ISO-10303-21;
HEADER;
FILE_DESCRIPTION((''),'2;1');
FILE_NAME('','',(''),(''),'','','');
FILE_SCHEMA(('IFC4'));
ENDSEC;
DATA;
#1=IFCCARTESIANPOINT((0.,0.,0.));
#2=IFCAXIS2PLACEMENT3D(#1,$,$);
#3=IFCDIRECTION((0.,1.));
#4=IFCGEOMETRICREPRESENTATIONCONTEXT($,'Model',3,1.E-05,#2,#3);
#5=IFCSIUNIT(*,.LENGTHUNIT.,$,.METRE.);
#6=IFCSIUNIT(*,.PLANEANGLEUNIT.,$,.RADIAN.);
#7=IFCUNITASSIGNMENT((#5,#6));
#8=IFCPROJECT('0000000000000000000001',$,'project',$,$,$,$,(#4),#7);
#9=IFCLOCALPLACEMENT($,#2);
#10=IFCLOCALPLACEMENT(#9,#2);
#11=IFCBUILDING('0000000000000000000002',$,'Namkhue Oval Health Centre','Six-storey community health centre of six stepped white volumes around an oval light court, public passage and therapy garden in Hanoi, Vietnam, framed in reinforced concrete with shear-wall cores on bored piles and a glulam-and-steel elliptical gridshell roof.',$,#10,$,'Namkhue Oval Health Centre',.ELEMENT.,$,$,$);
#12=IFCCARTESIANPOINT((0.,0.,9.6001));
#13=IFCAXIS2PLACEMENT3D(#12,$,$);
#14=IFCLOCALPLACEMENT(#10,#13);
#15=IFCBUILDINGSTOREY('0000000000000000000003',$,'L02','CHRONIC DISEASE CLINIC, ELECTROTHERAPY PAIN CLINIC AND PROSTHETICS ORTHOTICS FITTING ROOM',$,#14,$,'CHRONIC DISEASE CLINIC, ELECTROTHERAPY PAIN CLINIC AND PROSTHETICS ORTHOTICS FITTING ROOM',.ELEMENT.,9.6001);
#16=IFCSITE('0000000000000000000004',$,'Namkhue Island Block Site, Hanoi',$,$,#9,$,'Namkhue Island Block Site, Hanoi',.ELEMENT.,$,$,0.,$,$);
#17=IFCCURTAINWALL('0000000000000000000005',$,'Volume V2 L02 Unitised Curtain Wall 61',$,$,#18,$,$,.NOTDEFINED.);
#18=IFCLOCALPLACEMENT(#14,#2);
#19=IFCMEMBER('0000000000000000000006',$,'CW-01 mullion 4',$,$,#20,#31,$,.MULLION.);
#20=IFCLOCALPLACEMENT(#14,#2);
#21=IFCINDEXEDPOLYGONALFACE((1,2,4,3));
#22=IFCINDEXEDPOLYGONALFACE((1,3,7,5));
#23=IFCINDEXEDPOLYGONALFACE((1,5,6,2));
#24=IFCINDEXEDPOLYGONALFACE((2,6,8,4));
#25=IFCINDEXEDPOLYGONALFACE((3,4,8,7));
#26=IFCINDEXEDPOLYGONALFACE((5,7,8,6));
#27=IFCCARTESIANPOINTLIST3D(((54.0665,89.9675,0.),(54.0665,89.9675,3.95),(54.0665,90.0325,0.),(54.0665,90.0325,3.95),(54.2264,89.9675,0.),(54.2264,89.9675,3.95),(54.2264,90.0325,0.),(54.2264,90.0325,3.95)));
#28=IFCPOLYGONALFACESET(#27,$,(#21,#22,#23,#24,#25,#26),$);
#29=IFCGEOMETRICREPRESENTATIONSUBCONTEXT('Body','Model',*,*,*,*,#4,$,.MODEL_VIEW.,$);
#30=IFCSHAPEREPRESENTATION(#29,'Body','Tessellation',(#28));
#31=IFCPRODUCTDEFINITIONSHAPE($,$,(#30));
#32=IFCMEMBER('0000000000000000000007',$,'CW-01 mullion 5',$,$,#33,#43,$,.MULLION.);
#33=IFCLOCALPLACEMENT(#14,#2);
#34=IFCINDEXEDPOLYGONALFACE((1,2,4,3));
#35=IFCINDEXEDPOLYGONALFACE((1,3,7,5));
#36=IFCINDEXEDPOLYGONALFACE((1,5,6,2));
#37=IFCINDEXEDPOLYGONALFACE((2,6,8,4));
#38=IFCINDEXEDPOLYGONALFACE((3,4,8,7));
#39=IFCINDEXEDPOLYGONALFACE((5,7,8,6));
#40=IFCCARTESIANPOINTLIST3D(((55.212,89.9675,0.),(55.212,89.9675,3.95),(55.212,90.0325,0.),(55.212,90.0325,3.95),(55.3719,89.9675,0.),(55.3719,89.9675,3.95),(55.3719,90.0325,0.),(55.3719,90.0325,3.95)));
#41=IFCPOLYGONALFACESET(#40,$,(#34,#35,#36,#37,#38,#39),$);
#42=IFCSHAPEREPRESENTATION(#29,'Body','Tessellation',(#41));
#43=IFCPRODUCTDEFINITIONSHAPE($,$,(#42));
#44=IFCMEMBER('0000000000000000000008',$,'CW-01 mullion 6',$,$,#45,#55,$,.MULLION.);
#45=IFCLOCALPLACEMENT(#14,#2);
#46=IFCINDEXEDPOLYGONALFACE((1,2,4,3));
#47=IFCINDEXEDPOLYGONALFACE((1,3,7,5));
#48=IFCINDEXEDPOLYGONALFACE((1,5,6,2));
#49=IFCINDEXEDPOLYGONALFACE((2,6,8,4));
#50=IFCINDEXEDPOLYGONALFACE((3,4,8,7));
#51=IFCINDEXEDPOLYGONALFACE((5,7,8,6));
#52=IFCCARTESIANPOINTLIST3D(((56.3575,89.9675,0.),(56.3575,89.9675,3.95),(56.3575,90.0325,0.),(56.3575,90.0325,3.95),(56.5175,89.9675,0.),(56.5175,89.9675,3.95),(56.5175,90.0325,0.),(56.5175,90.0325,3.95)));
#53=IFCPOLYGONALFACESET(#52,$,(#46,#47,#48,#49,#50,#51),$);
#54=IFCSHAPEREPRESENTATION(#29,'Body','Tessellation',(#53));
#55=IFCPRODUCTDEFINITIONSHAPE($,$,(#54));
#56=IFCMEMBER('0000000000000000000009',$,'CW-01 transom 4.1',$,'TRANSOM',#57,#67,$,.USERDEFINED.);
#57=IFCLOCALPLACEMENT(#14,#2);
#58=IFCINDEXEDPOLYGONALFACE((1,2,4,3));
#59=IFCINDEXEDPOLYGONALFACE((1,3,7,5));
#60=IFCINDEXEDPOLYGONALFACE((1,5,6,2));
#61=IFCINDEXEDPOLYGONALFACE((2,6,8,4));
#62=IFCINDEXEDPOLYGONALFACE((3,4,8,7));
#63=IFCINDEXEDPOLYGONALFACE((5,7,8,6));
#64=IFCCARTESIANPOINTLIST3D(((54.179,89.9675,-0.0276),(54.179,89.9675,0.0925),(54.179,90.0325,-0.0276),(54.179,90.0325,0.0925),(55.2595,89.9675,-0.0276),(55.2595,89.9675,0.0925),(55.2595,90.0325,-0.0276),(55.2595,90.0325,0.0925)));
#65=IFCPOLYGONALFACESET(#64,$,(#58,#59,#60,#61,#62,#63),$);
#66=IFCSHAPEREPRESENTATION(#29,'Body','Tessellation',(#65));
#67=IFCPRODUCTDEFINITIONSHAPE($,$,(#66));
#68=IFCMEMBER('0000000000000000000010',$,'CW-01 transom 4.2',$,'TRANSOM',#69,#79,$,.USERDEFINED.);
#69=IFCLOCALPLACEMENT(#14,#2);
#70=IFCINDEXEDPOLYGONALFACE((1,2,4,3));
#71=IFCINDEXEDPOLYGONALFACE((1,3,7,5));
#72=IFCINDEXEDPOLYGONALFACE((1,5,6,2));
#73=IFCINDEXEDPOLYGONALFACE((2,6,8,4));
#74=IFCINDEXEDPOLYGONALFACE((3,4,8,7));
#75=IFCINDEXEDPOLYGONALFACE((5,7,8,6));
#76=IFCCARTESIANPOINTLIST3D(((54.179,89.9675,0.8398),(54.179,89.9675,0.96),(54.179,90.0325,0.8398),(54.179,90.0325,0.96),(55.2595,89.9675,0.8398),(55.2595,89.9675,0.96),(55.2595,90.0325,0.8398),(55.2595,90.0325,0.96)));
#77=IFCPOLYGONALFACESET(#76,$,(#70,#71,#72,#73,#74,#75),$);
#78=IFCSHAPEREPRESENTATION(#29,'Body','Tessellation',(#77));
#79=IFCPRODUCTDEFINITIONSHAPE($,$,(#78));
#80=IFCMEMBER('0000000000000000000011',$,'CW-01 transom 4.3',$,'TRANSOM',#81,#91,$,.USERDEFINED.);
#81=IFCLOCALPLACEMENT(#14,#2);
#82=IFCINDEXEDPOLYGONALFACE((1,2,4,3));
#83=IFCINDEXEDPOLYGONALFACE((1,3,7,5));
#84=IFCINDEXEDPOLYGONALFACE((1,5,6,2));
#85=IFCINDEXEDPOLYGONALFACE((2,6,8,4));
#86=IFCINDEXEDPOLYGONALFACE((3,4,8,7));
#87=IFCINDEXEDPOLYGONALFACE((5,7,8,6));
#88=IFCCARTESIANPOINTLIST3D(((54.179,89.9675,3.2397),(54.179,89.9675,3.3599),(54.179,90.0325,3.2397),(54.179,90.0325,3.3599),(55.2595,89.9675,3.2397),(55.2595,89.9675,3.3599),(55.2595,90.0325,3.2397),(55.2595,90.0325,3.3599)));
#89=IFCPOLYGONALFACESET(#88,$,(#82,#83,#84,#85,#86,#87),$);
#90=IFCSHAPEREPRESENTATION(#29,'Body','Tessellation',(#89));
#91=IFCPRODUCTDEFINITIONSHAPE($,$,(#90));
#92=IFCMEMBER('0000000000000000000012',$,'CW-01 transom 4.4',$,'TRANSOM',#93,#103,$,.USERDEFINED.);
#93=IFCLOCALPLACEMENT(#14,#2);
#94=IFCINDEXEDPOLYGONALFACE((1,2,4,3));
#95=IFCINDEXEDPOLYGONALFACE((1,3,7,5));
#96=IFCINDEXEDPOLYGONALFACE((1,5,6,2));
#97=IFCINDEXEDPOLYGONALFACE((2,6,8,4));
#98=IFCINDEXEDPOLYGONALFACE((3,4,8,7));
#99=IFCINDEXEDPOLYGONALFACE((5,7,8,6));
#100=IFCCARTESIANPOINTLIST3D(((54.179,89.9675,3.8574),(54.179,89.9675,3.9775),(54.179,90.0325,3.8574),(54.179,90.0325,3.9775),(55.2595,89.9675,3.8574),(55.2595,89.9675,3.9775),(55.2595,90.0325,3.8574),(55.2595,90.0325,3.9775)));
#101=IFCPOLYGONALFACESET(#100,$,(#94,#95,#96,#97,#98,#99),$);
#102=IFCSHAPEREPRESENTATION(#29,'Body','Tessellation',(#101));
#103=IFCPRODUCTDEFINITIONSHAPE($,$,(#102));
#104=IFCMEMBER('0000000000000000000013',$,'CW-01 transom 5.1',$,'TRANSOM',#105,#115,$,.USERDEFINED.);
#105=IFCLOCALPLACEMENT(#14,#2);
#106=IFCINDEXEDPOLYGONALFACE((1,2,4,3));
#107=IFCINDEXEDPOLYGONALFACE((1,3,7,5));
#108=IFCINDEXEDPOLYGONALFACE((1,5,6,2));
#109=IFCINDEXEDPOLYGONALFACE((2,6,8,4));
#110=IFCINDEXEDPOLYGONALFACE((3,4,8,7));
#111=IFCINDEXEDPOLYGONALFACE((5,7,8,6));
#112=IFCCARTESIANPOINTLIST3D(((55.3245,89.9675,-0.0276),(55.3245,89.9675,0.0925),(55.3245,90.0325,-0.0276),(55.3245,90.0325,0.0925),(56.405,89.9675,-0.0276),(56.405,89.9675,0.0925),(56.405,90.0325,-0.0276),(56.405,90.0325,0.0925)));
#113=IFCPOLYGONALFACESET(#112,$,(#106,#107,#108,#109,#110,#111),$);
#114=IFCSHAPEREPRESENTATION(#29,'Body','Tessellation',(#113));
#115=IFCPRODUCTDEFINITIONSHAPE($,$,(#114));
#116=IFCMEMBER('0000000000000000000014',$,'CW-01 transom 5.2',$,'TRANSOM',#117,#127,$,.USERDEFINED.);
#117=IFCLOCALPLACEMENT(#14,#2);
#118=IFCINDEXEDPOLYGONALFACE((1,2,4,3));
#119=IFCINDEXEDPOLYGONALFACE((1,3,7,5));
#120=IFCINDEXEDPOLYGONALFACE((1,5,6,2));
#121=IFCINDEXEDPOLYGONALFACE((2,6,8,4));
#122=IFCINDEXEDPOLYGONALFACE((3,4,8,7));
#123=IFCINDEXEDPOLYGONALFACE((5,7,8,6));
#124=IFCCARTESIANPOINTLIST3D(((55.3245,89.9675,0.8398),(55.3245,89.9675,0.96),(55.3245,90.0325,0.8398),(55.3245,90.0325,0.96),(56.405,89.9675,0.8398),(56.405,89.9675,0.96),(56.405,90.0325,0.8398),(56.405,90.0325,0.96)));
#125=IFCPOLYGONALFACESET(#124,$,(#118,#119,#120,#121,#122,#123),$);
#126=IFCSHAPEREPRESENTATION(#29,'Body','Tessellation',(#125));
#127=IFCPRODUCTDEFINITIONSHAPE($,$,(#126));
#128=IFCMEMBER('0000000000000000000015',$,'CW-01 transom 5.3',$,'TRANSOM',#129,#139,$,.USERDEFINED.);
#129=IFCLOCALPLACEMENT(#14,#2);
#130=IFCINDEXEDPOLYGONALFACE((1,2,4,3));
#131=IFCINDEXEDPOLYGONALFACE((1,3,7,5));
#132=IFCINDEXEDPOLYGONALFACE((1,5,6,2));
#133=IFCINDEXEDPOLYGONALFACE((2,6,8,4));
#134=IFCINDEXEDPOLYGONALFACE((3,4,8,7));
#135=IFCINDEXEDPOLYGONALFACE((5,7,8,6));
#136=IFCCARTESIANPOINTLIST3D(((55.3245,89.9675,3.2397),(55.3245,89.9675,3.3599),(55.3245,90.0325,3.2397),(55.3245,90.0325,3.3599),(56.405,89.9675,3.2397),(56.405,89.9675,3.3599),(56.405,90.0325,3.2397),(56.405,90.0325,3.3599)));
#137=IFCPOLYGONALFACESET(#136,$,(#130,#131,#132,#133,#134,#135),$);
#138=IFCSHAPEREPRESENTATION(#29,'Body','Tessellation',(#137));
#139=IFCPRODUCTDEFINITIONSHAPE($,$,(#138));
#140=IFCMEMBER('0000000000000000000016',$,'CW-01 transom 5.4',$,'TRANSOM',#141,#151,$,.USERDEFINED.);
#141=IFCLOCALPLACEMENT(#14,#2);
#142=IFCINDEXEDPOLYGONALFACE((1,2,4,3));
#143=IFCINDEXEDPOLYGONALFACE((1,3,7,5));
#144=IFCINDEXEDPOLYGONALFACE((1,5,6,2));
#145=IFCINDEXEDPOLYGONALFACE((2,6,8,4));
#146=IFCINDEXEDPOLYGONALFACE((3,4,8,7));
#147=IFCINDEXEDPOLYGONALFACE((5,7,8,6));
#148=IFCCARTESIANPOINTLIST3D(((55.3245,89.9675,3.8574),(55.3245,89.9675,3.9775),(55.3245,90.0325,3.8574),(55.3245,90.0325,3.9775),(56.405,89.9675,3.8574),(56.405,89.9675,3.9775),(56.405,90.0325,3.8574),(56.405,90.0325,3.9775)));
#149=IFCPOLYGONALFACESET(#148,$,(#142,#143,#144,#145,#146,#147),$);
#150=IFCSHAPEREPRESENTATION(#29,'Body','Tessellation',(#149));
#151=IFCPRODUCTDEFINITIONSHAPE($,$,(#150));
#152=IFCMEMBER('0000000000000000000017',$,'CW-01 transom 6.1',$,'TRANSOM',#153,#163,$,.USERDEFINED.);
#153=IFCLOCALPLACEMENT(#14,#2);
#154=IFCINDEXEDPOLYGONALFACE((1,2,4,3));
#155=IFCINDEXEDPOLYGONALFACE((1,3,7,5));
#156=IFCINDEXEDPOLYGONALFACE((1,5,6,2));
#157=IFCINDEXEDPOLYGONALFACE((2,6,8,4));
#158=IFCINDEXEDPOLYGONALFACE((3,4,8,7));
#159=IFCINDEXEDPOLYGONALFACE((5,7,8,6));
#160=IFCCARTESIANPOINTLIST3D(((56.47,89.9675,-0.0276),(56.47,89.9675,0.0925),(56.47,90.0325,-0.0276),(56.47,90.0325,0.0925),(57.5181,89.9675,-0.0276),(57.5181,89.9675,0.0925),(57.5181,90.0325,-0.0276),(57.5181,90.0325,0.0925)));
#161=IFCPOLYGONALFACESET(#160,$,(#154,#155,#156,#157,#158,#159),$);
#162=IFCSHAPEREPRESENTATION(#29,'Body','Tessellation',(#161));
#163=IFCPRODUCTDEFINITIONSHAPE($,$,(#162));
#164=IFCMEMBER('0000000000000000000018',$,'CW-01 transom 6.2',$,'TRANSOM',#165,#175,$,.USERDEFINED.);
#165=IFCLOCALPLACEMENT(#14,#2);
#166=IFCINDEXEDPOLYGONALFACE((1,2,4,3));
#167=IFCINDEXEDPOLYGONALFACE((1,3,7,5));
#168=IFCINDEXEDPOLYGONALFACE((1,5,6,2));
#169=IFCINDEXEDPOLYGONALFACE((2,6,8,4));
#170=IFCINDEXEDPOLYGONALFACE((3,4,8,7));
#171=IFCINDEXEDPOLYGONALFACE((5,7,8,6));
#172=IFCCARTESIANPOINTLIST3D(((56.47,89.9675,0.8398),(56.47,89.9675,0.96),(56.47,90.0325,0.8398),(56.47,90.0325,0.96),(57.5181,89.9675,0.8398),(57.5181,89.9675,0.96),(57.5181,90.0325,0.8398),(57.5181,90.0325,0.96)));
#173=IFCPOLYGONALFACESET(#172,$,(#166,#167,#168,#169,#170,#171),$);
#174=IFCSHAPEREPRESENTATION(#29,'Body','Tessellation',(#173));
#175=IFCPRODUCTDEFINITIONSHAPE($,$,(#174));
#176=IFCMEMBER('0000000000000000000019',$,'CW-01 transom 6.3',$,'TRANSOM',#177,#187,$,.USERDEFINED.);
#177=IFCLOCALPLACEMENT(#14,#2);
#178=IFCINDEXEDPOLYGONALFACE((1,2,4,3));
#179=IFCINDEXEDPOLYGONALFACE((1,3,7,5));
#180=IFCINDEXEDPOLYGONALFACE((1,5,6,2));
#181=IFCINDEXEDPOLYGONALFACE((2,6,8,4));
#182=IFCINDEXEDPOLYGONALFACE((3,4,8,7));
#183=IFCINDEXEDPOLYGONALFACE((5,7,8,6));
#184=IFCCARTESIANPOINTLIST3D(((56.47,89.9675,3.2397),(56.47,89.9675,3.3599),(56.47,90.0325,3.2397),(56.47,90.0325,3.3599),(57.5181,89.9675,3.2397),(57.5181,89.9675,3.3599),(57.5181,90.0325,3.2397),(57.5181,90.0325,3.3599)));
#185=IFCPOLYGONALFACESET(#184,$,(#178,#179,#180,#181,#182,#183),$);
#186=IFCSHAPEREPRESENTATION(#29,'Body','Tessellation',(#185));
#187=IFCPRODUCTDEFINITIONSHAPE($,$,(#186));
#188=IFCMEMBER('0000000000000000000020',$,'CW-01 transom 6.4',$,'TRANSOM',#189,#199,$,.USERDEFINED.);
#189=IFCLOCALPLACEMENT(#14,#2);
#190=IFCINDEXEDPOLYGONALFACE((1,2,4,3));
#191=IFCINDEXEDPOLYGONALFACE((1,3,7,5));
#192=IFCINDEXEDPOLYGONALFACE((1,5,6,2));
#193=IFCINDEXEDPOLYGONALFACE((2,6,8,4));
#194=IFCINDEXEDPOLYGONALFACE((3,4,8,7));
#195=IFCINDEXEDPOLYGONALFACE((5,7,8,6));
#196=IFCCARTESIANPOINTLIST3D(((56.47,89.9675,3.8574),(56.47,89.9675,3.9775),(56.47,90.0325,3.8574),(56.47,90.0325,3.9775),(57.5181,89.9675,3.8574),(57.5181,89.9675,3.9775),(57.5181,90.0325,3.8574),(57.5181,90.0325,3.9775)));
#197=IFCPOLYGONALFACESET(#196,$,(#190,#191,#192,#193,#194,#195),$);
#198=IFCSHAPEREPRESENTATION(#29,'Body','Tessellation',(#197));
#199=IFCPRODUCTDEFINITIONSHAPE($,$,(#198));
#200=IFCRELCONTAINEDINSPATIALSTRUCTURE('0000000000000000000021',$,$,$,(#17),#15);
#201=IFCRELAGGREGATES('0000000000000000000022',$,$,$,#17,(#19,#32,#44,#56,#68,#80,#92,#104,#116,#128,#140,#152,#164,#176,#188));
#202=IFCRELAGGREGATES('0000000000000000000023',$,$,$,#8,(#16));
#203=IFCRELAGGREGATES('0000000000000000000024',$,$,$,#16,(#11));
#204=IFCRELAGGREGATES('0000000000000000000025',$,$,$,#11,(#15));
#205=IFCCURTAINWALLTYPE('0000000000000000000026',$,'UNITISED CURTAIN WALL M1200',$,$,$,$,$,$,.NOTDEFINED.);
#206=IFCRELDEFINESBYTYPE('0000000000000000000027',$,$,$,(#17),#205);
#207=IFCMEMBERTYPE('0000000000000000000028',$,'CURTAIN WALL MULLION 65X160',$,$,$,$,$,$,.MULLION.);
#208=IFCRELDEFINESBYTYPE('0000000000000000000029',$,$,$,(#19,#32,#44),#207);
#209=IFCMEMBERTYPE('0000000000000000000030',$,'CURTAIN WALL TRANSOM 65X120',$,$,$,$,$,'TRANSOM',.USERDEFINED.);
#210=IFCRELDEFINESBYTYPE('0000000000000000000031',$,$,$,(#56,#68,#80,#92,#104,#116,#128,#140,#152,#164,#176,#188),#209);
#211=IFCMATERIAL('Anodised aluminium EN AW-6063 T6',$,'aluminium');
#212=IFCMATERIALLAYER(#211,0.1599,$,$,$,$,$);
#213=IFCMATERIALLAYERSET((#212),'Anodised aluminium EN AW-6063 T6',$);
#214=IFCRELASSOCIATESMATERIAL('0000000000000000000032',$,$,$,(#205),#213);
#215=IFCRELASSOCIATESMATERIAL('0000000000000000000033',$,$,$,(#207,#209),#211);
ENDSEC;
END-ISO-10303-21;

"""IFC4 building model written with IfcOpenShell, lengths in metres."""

from ifc_helpers import new_model, si_unit, direction, frame, origin, origin_2d, place, context, subcontext, project, spatial, rectangle, extrude, material, layer, layer_set, material_profile, profile_set, type_object, element, aggregate, save


model = new_model("IFC4")

# Units and contexts
model_context = context("Model", 3, precision=1e-05, world=origin(), true_north=direction((0.0, 1.0)))
body_context = subcontext(model_context, "Body", "Model", "MODEL_VIEW")
ifc_project = project(units=[si_unit("LENGTHUNIT", "METRE"), si_unit("PLANEANGLEUNIT", "RADIAN")], contexts=[model_context])

# Site, building, storey
site_placement = place(None, origin())
site = spatial("IfcSite", under=ifc_project, at=site_placement, Name="Namkhue Island Block Site, Hanoi", LongName="Namkhue Island Block Site, Hanoi", CompositionType="ELEMENT", RefElevation=0.0)
building_placement = place(site_placement, origin())
building = spatial("IfcBuilding", under=site, at=building_placement, Name="Namkhue Oval Health Centre", Description="Six-storey community health centre of six stepped white volumes around an oval light court, public passage and therapy garden in Hanoi, Vietnam, framed in reinforced concrete with shear-wall cores on bored piles and a glulam-and-steel elliptical gridshell roof.", LongName="Namkhue Oval Health Centre", CompositionType="ELEMENT")
storey_placement = place(building_placement, frame((0.0, 0.0, 9.6001)))
storey = spatial("IfcBuildingStorey", under=building, at=storey_placement, Name="L02", Description="CHRONIC DISEASE CLINIC, ELECTROTHERAPY PAIN CLINIC AND PROSTHETICS ORTHOTICS FITTING ROOM", LongName="CHRONIC DISEASE CLINIC, ELECTROTHERAPY PAIN CLINIC AND PROSTHETICS ORTHOTICS FITTING ROOM", CompositionType="ELEMENT", Elevation=9.6001)

# Curtain wall, members
ifc_material_1 = material(Name="Anodised aluminium EN AW-6063 T6", Category="aluminium")
ifc_layer_1 = layer(ifc_material_1, 0.1599)
ifc_layer_set_1 = layer_set([ifc_layer_1], Name="Anodised aluminium EN AW-6063 T6")
curtain_wall_type_1 = type_object("IfcCurtainWallType", Name="UNITISED CURTAIN WALL M1200", PredefinedType="NOTDEFINED", material=ifc_layer_set_1)
curtain_wall_1_placement = place(storey_placement, origin())
curtain_wall_1 = element("IfcCurtainWall", 1, at=curtain_wall_1_placement, inside=storey, type_object=curtain_wall_type_1, Name="Volume V2 L02 Unitised Curtain Wall 61", PredefinedType="NOTDEFINED")
ifc_material_profile_1 = material_profile(ifc_material_1, rectangle(XDim=0.0649, YDim=0.1599, at=origin_2d()), Name="ALU 65x160")
ifc_profile_set_1 = profile_set([ifc_material_profile_1], Name="Anodised aluminium EN AW-6063 T6")
member_type_1 = type_object("IfcMemberType", Name="CURTAIN WALL MULLION 65X160", PredefinedType="MULLION", material=ifc_profile_set_1)
member_1_placement = place(storey_placement, frame((54.1465, 90.0, 0.0), z_axis=(0.0, 0.0, 1.0), x_axis=(0.0, 1.0, 0.0)))
member_1 = element("IfcMember", 2, at=member_1_placement, type_object=member_type_1, Name="CW-01 mullion 4", PredefinedType="MULLION", context=body_context, shape_type="SweptSolid", body=[
    extrude(rectangle(XDim=0.0649, YDim=0.1599, at=origin_2d()), origin(), (0.0, 0.0, 1.0), 3.95),
])
member_2_placement = place(storey_placement, frame((55.292, 90.0, 0.0), z_axis=(0.0, 0.0, 1.0), x_axis=(0.0, 1.0, 0.0)))
member_2 = element("IfcMember", 3, at=member_2_placement, type_object=member_type_1, Name="CW-01 mullion 5", PredefinedType="MULLION", context=body_context, shape_type="SweptSolid", body=[
    extrude(rectangle(XDim=0.0649, YDim=0.1599, at=origin_2d()), origin(), (0.0, 0.0, 1.0), 3.95),
])
member_3_placement = place(storey_placement, frame((56.4375, 90.0, 0.0), z_axis=(0.0, 0.0, 1.0), x_axis=(0.0, 1.0, 0.0)))
member_3 = element("IfcMember", 4, at=member_3_placement, type_object=member_type_1, Name="CW-01 mullion 6", PredefinedType="MULLION", context=body_context, shape_type="SweptSolid", body=[
    extrude(rectangle(XDim=0.0649, YDim=0.1599, at=origin_2d()), origin(), (0.0, 0.0, 1.0), 3.95),
])
ifc_material_profile_2 = material_profile(ifc_material_1, rectangle(XDim=0.0649, YDim=0.1201, at=origin_2d()), Name="ALU 65x120")
ifc_profile_set_2 = profile_set([ifc_material_profile_2], Name="Anodised aluminium EN AW-6063 T6")
member_type_2 = type_object("IfcMemberType", Name="CURTAIN WALL TRANSOM 65X120", ElementType="TRANSOM", PredefinedType="USERDEFINED", material=ifc_profile_set_2)
member_4_placement = place(storey_placement, frame((54.179, 90.0, 0.0325), z_axis=(1.0, 0.0, 0.0), x_axis=(0.0, 1.0, 0.0)))
member_4 = element("IfcMember", 5, at=member_4_placement, type_object=member_type_2, Name="CW-01 transom 4.1", ObjectType="TRANSOM", PredefinedType="USERDEFINED", context=body_context, shape_type="SweptSolid", body=[
    extrude(rectangle(XDim=0.0649, YDim=0.1201, at=origin_2d()), origin(), (0.0, 0.0, 1.0), 1.0806),
])
member_5_placement = place(storey_placement, frame((54.179, 90.0, 0.8999), z_axis=(1.0, 0.0, 0.0), x_axis=(0.0, 1.0, 0.0)))
member_5 = element("IfcMember", 6, at=member_5_placement, type_object=member_type_2, Name="CW-01 transom 4.2", ObjectType="TRANSOM", PredefinedType="USERDEFINED", context=body_context, shape_type="SweptSolid", body=[
    extrude(rectangle(XDim=0.0649, YDim=0.1201, at=origin_2d()), origin(), (0.0, 0.0, 1.0), 1.0806),
])
member_6_placement = place(storey_placement, frame((54.179, 90.0, 3.2998), z_axis=(1.0, 0.0, 0.0), x_axis=(0.0, 1.0, 0.0)))
member_6 = element("IfcMember", 7, at=member_6_placement, type_object=member_type_2, Name="CW-01 transom 4.3", ObjectType="TRANSOM", PredefinedType="USERDEFINED", context=body_context, shape_type="SweptSolid", body=[
    extrude(rectangle(XDim=0.0649, YDim=0.1201, at=origin_2d()), origin(), (0.0, 0.0, 1.0), 1.0806),
])
member_7_placement = place(storey_placement, frame((54.179, 90.0, 3.9175), z_axis=(1.0, 0.0, 0.0), x_axis=(0.0, 1.0, 0.0)))
member_7 = element("IfcMember", 8, at=member_7_placement, type_object=member_type_2, Name="CW-01 transom 4.4", ObjectType="TRANSOM", PredefinedType="USERDEFINED", context=body_context, shape_type="SweptSolid", body=[
    extrude(rectangle(XDim=0.0649, YDim=0.1201, at=origin_2d()), origin(), (0.0, 0.0, 1.0), 1.0806),
])
member_8_placement = place(storey_placement, frame((55.3245, 90.0, 0.0325), z_axis=(1.0, 0.0, 0.0), x_axis=(0.0, 1.0, 0.0)))
member_8 = element("IfcMember", 9, at=member_8_placement, type_object=member_type_2, Name="CW-01 transom 5.1", ObjectType="TRANSOM", PredefinedType="USERDEFINED", context=body_context, shape_type="SweptSolid", body=[
    extrude(rectangle(XDim=0.0649, YDim=0.1201, at=origin_2d()), origin(), (0.0, 0.0, 1.0), 1.0806),
])
member_9_placement = place(storey_placement, frame((55.3245, 90.0, 0.8999), z_axis=(1.0, 0.0, 0.0), x_axis=(0.0, 1.0, 0.0)))
member_9 = element("IfcMember", 10, at=member_9_placement, type_object=member_type_2, Name="CW-01 transom 5.2", ObjectType="TRANSOM", PredefinedType="USERDEFINED", context=body_context, shape_type="SweptSolid", body=[
    extrude(rectangle(XDim=0.0649, YDim=0.1201, at=origin_2d()), origin(), (0.0, 0.0, 1.0), 1.0806),
])
member_10_placement = place(storey_placement, frame((55.3245, 90.0, 3.2998), z_axis=(1.0, 0.0, 0.0), x_axis=(0.0, 1.0, 0.0)))
member_10 = element("IfcMember", 11, at=member_10_placement, type_object=member_type_2, Name="CW-01 transom 5.3", ObjectType="TRANSOM", PredefinedType="USERDEFINED", context=body_context, shape_type="SweptSolid", body=[
    extrude(rectangle(XDim=0.0649, YDim=0.1201, at=origin_2d()), origin(), (0.0, 0.0, 1.0), 1.0806),
])
member_11_placement = place(storey_placement, frame((55.3245, 90.0, 3.9175), z_axis=(1.0, 0.0, 0.0), x_axis=(0.0, 1.0, 0.0)))
member_11 = element("IfcMember", 12, at=member_11_placement, type_object=member_type_2, Name="CW-01 transom 5.4", ObjectType="TRANSOM", PredefinedType="USERDEFINED", context=body_context, shape_type="SweptSolid", body=[
    extrude(rectangle(XDim=0.0649, YDim=0.1201, at=origin_2d()), origin(), (0.0, 0.0, 1.0), 1.0806),
])
member_12_placement = place(storey_placement, frame((56.47, 90.0, 0.0325), z_axis=(1.0, 0.0, 0.0), x_axis=(0.0, 1.0, 0.0)))
member_12 = element("IfcMember", 13, at=member_12_placement, type_object=member_type_2, Name="CW-01 transom 6.1", ObjectType="TRANSOM", PredefinedType="USERDEFINED", context=body_context, shape_type="SweptSolid", body=[
    extrude(rectangle(XDim=0.0649, YDim=0.1201, at=origin_2d()), origin(), (0.0, 0.0, 1.0), 1.0481),
])
member_13_placement = place(storey_placement, frame((56.47, 90.0, 0.8999), z_axis=(1.0, 0.0, 0.0), x_axis=(0.0, 1.0, 0.0)))
member_13 = element("IfcMember", 14, at=member_13_placement, type_object=member_type_2, Name="CW-01 transom 6.2", ObjectType="TRANSOM", PredefinedType="USERDEFINED", context=body_context, shape_type="SweptSolid", body=[
    extrude(rectangle(XDim=0.0649, YDim=0.1201, at=origin_2d()), origin(), (0.0, 0.0, 1.0), 1.0481),
])
member_14_placement = place(storey_placement, frame((56.47, 90.0, 3.2998), z_axis=(1.0, 0.0, 0.0), x_axis=(0.0, 1.0, 0.0)))
member_14 = element("IfcMember", 15, at=member_14_placement, type_object=member_type_2, Name="CW-01 transom 6.3", ObjectType="TRANSOM", PredefinedType="USERDEFINED", context=body_context, shape_type="SweptSolid", body=[
    extrude(rectangle(XDim=0.0649, YDim=0.1201, at=origin_2d()), origin(), (0.0, 0.0, 1.0), 1.0481),
])
member_15_placement = place(storey_placement, frame((56.47, 90.0, 3.9175), z_axis=(1.0, 0.0, 0.0), x_axis=(0.0, 1.0, 0.0)))
member_15 = element("IfcMember", 16, at=member_15_placement, type_object=member_type_2, Name="CW-01 transom 6.4", ObjectType="TRANSOM", PredefinedType="USERDEFINED", context=body_context, shape_type="SweptSolid", body=[
    extrude(rectangle(XDim=0.0649, YDim=0.1201, at=origin_2d()), origin(), (0.0, 0.0, 1.0), 1.0481),
])

aggregate(curtain_wall_1, [member_1, member_2, member_3, member_4, member_5, member_6, member_7, member_8, member_9, member_10, member_11, member_12, member_13, member_14, member_15])

save(model, "model.ifc")
